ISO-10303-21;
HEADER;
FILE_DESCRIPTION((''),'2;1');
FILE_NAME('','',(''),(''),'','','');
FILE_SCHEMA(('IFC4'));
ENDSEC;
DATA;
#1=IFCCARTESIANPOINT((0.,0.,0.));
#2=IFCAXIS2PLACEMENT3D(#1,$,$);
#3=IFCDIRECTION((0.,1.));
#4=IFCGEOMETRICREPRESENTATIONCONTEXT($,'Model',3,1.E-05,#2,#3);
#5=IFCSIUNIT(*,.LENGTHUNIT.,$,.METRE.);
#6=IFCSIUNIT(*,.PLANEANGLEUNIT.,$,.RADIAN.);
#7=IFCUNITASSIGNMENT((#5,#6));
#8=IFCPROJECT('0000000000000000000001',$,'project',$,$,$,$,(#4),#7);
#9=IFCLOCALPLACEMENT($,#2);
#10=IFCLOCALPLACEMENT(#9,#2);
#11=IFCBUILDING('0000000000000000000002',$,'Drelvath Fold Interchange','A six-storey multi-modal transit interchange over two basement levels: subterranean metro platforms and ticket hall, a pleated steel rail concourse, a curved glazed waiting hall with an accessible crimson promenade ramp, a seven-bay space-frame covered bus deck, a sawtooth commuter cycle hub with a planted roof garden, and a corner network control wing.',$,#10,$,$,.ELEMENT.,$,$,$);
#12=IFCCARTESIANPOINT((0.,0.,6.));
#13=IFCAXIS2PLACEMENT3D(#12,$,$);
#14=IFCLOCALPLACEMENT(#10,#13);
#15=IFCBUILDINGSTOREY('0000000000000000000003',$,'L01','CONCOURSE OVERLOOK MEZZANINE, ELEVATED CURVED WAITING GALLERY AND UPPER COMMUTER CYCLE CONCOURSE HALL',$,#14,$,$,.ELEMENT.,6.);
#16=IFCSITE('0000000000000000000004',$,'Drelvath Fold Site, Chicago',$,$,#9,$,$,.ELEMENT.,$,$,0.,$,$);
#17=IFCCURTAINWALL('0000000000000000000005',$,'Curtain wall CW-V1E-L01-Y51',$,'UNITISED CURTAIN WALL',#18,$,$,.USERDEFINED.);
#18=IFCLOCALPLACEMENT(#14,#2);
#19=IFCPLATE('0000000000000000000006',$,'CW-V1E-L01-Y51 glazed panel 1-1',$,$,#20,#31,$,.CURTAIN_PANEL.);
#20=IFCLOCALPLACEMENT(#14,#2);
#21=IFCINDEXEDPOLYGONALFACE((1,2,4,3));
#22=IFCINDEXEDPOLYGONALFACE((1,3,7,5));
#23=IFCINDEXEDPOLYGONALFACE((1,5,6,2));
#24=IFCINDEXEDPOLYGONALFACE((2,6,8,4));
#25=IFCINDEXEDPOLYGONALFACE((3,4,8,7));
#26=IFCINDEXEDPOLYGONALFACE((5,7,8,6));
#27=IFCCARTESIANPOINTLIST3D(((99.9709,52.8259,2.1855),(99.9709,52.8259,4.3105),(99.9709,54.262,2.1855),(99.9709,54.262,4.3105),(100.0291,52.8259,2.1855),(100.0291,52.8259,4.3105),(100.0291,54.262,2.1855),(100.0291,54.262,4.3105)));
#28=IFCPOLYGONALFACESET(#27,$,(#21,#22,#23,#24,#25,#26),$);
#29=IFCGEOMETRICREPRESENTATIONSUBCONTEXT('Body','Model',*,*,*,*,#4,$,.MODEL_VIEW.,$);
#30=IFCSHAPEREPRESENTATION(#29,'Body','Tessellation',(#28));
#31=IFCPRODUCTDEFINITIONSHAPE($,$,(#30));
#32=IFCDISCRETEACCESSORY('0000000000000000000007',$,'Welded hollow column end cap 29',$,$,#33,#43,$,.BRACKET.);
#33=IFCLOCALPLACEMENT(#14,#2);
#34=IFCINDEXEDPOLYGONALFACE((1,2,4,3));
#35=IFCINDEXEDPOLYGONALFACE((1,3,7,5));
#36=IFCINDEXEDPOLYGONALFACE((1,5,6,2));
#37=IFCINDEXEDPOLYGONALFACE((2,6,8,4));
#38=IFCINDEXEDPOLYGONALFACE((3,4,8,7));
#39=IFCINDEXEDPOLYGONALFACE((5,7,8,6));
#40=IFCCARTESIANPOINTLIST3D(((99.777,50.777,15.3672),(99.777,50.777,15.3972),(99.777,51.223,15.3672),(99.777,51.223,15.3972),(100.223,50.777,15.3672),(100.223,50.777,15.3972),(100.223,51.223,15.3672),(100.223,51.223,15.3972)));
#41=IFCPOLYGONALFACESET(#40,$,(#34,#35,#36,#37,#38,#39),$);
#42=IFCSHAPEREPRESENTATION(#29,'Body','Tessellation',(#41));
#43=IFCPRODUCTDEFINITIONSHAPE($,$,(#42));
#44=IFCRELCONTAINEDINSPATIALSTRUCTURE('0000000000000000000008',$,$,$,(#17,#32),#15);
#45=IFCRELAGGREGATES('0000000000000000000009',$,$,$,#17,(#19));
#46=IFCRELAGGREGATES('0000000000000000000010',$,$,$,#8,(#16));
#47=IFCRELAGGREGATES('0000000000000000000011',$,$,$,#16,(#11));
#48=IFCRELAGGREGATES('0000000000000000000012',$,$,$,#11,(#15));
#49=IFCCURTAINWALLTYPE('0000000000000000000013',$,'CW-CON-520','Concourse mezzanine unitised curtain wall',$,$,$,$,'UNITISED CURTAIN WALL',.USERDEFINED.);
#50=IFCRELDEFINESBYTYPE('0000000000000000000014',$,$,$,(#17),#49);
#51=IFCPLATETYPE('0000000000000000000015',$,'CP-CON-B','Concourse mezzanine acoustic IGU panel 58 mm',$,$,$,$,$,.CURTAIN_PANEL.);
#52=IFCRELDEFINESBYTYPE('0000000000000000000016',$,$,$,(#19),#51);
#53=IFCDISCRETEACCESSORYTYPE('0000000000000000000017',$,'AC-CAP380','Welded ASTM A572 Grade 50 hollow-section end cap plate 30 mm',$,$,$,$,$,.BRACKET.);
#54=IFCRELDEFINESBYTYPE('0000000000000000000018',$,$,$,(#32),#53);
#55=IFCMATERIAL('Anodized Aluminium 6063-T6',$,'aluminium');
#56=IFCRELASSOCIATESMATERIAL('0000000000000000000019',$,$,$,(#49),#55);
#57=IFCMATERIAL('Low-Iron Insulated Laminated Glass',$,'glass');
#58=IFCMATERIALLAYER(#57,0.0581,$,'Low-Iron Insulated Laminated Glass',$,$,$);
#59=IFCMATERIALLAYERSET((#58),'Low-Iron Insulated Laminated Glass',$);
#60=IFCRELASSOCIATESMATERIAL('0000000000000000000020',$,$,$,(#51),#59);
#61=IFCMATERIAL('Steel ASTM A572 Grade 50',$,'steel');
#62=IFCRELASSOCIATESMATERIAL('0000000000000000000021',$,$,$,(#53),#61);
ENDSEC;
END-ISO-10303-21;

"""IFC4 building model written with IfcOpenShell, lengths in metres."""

from ifc_helpers import new_model, si_unit, direction, frame, origin, origin_2d, place, context, subcontext, project, spatial, rectangle, extrude, material, layer, layer_set, type_object, element, aggregate, save


model = new_model("IFC4")

# Units and contexts
model_context = context("Model", 3, precision=1e-05, world=origin(), true_north=direction((0.0, 1.0)))
body_context = subcontext(model_context, "Body", "Model", "MODEL_VIEW")
ifc_project = project(units=[si_unit("LENGTHUNIT", "METRE"), si_unit("PLANEANGLEUNIT", "RADIAN")], contexts=[model_context])

# Site, building, storey
site_placement = place(None, origin())
site = spatial("IfcSite", under=ifc_project, at=site_placement, Name="Drelvath Fold Site, Chicago", CompositionType="ELEMENT", RefElevation=0.0)
building_placement = place(site_placement, origin())
building = spatial("IfcBuilding", under=site, at=building_placement, Name="Drelvath Fold Interchange", Description="A six-storey multi-modal transit interchange over two basement levels: subterranean metro platforms and ticket hall, a pleated steel rail concourse, a curved glazed waiting hall with an accessible crimson promenade ramp, a seven-bay space-frame covered bus deck, a sawtooth commuter cycle hub with a planted roof garden, and a corner network control wing.", CompositionType="ELEMENT")
storey_placement = place(building_placement, frame((0.0, 0.0, 6.0)))
storey = spatial("IfcBuildingStorey", under=building, at=storey_placement, Name="L01", Description="CONCOURSE OVERLOOK MEZZANINE, ELEVATED CURVED WAITING GALLERY AND UPPER COMMUTER CYCLE CONCOURSE HALL", CompositionType="ELEMENT", Elevation=6.0)

# Curtain wall
ifc_material_1 = material(Name="Anodized Aluminium 6063-T6", Category="aluminium")
curtain_wall_type = type_object("IfcCurtainWallType", Name="CW-CON-520", Description="Concourse mezzanine unitised curtain wall", ElementType="UNITISED CURTAIN WALL", PredefinedType="USERDEFINED", material=ifc_material_1)
curtain_wall_1_placement = place(storey_placement, origin())
curtain_wall_1 = element("IfcCurtainWall", 1, at=curtain_wall_1_placement, inside=storey, type_object=curtain_wall_type, Name="Curtain wall CW-V1E-L01-Y51", ObjectType="UNITISED CURTAIN WALL", PredefinedType="USERDEFINED")

# Plate
ifc_material_2 = material(Name="Low-Iron Insulated Laminated Glass", Category="glass")
ifc_layer = layer(ifc_material_2, 0.0581, Name="Low-Iron Insulated Laminated Glass")
ifc_layer_set = layer_set([ifc_layer], Name="Low-Iron Insulated Laminated Glass")
plate_type = type_object("IfcPlateType", Name="CP-CON-B", Description="Concourse mezzanine acoustic IGU panel 58 mm", PredefinedType="CURTAIN_PANEL", material=ifc_layer_set)
plate_1_placement = place(storey_placement, frame((100.0, 53.5439, 2.1855), z_axis=(0.0, 0.0, 1.0), x_axis=(0.0, 1.0, 0.0)))
plate_1 = element("IfcPlate", 2, at=plate_1_placement, type_object=plate_type, Name="CW-V1E-L01-Y51 glazed panel 1-1", PredefinedType="CURTAIN_PANEL", context=body_context, shape_type="SweptSolid", body=[
    extrude(rectangle(XDim=1.436, YDim=0.0581, at=origin_2d()), origin(), (0.0, 0.0, 1.0), 2.125),
])
aggregate(curtain_wall_1, [plate_1])

# Discrete accessory
ifc_material_3 = material(Name="Steel ASTM A572 Grade 50", Category="steel")
discrete_accessory_type = type_object("IfcDiscreteAccessoryType", Name="AC-CAP380", Description="Welded ASTM A572 Grade 50 hollow-section end cap plate 30 mm", PredefinedType="BRACKET", material=ifc_material_3)
discrete_accessory_placement = place(storey_placement, frame((100.0, 51.0, 15.3672), z_axis=(0.0, 0.0, 1.0), x_axis=(1.0, 0.0, 0.0)))
element("IfcDiscreteAccessory", 3, at=discrete_accessory_placement, inside=storey, type_object=discrete_accessory_type, Name="Welded hollow column end cap 29", PredefinedType="BRACKET", context=body_context, shape_type="SweptSolid", body=[
    extrude(rectangle(XDim=0.446, YDim=0.446, at=origin_2d()), origin(), (0.0, 0.0, 1.0), 0.03),
])

save(model, "model.ifc")
